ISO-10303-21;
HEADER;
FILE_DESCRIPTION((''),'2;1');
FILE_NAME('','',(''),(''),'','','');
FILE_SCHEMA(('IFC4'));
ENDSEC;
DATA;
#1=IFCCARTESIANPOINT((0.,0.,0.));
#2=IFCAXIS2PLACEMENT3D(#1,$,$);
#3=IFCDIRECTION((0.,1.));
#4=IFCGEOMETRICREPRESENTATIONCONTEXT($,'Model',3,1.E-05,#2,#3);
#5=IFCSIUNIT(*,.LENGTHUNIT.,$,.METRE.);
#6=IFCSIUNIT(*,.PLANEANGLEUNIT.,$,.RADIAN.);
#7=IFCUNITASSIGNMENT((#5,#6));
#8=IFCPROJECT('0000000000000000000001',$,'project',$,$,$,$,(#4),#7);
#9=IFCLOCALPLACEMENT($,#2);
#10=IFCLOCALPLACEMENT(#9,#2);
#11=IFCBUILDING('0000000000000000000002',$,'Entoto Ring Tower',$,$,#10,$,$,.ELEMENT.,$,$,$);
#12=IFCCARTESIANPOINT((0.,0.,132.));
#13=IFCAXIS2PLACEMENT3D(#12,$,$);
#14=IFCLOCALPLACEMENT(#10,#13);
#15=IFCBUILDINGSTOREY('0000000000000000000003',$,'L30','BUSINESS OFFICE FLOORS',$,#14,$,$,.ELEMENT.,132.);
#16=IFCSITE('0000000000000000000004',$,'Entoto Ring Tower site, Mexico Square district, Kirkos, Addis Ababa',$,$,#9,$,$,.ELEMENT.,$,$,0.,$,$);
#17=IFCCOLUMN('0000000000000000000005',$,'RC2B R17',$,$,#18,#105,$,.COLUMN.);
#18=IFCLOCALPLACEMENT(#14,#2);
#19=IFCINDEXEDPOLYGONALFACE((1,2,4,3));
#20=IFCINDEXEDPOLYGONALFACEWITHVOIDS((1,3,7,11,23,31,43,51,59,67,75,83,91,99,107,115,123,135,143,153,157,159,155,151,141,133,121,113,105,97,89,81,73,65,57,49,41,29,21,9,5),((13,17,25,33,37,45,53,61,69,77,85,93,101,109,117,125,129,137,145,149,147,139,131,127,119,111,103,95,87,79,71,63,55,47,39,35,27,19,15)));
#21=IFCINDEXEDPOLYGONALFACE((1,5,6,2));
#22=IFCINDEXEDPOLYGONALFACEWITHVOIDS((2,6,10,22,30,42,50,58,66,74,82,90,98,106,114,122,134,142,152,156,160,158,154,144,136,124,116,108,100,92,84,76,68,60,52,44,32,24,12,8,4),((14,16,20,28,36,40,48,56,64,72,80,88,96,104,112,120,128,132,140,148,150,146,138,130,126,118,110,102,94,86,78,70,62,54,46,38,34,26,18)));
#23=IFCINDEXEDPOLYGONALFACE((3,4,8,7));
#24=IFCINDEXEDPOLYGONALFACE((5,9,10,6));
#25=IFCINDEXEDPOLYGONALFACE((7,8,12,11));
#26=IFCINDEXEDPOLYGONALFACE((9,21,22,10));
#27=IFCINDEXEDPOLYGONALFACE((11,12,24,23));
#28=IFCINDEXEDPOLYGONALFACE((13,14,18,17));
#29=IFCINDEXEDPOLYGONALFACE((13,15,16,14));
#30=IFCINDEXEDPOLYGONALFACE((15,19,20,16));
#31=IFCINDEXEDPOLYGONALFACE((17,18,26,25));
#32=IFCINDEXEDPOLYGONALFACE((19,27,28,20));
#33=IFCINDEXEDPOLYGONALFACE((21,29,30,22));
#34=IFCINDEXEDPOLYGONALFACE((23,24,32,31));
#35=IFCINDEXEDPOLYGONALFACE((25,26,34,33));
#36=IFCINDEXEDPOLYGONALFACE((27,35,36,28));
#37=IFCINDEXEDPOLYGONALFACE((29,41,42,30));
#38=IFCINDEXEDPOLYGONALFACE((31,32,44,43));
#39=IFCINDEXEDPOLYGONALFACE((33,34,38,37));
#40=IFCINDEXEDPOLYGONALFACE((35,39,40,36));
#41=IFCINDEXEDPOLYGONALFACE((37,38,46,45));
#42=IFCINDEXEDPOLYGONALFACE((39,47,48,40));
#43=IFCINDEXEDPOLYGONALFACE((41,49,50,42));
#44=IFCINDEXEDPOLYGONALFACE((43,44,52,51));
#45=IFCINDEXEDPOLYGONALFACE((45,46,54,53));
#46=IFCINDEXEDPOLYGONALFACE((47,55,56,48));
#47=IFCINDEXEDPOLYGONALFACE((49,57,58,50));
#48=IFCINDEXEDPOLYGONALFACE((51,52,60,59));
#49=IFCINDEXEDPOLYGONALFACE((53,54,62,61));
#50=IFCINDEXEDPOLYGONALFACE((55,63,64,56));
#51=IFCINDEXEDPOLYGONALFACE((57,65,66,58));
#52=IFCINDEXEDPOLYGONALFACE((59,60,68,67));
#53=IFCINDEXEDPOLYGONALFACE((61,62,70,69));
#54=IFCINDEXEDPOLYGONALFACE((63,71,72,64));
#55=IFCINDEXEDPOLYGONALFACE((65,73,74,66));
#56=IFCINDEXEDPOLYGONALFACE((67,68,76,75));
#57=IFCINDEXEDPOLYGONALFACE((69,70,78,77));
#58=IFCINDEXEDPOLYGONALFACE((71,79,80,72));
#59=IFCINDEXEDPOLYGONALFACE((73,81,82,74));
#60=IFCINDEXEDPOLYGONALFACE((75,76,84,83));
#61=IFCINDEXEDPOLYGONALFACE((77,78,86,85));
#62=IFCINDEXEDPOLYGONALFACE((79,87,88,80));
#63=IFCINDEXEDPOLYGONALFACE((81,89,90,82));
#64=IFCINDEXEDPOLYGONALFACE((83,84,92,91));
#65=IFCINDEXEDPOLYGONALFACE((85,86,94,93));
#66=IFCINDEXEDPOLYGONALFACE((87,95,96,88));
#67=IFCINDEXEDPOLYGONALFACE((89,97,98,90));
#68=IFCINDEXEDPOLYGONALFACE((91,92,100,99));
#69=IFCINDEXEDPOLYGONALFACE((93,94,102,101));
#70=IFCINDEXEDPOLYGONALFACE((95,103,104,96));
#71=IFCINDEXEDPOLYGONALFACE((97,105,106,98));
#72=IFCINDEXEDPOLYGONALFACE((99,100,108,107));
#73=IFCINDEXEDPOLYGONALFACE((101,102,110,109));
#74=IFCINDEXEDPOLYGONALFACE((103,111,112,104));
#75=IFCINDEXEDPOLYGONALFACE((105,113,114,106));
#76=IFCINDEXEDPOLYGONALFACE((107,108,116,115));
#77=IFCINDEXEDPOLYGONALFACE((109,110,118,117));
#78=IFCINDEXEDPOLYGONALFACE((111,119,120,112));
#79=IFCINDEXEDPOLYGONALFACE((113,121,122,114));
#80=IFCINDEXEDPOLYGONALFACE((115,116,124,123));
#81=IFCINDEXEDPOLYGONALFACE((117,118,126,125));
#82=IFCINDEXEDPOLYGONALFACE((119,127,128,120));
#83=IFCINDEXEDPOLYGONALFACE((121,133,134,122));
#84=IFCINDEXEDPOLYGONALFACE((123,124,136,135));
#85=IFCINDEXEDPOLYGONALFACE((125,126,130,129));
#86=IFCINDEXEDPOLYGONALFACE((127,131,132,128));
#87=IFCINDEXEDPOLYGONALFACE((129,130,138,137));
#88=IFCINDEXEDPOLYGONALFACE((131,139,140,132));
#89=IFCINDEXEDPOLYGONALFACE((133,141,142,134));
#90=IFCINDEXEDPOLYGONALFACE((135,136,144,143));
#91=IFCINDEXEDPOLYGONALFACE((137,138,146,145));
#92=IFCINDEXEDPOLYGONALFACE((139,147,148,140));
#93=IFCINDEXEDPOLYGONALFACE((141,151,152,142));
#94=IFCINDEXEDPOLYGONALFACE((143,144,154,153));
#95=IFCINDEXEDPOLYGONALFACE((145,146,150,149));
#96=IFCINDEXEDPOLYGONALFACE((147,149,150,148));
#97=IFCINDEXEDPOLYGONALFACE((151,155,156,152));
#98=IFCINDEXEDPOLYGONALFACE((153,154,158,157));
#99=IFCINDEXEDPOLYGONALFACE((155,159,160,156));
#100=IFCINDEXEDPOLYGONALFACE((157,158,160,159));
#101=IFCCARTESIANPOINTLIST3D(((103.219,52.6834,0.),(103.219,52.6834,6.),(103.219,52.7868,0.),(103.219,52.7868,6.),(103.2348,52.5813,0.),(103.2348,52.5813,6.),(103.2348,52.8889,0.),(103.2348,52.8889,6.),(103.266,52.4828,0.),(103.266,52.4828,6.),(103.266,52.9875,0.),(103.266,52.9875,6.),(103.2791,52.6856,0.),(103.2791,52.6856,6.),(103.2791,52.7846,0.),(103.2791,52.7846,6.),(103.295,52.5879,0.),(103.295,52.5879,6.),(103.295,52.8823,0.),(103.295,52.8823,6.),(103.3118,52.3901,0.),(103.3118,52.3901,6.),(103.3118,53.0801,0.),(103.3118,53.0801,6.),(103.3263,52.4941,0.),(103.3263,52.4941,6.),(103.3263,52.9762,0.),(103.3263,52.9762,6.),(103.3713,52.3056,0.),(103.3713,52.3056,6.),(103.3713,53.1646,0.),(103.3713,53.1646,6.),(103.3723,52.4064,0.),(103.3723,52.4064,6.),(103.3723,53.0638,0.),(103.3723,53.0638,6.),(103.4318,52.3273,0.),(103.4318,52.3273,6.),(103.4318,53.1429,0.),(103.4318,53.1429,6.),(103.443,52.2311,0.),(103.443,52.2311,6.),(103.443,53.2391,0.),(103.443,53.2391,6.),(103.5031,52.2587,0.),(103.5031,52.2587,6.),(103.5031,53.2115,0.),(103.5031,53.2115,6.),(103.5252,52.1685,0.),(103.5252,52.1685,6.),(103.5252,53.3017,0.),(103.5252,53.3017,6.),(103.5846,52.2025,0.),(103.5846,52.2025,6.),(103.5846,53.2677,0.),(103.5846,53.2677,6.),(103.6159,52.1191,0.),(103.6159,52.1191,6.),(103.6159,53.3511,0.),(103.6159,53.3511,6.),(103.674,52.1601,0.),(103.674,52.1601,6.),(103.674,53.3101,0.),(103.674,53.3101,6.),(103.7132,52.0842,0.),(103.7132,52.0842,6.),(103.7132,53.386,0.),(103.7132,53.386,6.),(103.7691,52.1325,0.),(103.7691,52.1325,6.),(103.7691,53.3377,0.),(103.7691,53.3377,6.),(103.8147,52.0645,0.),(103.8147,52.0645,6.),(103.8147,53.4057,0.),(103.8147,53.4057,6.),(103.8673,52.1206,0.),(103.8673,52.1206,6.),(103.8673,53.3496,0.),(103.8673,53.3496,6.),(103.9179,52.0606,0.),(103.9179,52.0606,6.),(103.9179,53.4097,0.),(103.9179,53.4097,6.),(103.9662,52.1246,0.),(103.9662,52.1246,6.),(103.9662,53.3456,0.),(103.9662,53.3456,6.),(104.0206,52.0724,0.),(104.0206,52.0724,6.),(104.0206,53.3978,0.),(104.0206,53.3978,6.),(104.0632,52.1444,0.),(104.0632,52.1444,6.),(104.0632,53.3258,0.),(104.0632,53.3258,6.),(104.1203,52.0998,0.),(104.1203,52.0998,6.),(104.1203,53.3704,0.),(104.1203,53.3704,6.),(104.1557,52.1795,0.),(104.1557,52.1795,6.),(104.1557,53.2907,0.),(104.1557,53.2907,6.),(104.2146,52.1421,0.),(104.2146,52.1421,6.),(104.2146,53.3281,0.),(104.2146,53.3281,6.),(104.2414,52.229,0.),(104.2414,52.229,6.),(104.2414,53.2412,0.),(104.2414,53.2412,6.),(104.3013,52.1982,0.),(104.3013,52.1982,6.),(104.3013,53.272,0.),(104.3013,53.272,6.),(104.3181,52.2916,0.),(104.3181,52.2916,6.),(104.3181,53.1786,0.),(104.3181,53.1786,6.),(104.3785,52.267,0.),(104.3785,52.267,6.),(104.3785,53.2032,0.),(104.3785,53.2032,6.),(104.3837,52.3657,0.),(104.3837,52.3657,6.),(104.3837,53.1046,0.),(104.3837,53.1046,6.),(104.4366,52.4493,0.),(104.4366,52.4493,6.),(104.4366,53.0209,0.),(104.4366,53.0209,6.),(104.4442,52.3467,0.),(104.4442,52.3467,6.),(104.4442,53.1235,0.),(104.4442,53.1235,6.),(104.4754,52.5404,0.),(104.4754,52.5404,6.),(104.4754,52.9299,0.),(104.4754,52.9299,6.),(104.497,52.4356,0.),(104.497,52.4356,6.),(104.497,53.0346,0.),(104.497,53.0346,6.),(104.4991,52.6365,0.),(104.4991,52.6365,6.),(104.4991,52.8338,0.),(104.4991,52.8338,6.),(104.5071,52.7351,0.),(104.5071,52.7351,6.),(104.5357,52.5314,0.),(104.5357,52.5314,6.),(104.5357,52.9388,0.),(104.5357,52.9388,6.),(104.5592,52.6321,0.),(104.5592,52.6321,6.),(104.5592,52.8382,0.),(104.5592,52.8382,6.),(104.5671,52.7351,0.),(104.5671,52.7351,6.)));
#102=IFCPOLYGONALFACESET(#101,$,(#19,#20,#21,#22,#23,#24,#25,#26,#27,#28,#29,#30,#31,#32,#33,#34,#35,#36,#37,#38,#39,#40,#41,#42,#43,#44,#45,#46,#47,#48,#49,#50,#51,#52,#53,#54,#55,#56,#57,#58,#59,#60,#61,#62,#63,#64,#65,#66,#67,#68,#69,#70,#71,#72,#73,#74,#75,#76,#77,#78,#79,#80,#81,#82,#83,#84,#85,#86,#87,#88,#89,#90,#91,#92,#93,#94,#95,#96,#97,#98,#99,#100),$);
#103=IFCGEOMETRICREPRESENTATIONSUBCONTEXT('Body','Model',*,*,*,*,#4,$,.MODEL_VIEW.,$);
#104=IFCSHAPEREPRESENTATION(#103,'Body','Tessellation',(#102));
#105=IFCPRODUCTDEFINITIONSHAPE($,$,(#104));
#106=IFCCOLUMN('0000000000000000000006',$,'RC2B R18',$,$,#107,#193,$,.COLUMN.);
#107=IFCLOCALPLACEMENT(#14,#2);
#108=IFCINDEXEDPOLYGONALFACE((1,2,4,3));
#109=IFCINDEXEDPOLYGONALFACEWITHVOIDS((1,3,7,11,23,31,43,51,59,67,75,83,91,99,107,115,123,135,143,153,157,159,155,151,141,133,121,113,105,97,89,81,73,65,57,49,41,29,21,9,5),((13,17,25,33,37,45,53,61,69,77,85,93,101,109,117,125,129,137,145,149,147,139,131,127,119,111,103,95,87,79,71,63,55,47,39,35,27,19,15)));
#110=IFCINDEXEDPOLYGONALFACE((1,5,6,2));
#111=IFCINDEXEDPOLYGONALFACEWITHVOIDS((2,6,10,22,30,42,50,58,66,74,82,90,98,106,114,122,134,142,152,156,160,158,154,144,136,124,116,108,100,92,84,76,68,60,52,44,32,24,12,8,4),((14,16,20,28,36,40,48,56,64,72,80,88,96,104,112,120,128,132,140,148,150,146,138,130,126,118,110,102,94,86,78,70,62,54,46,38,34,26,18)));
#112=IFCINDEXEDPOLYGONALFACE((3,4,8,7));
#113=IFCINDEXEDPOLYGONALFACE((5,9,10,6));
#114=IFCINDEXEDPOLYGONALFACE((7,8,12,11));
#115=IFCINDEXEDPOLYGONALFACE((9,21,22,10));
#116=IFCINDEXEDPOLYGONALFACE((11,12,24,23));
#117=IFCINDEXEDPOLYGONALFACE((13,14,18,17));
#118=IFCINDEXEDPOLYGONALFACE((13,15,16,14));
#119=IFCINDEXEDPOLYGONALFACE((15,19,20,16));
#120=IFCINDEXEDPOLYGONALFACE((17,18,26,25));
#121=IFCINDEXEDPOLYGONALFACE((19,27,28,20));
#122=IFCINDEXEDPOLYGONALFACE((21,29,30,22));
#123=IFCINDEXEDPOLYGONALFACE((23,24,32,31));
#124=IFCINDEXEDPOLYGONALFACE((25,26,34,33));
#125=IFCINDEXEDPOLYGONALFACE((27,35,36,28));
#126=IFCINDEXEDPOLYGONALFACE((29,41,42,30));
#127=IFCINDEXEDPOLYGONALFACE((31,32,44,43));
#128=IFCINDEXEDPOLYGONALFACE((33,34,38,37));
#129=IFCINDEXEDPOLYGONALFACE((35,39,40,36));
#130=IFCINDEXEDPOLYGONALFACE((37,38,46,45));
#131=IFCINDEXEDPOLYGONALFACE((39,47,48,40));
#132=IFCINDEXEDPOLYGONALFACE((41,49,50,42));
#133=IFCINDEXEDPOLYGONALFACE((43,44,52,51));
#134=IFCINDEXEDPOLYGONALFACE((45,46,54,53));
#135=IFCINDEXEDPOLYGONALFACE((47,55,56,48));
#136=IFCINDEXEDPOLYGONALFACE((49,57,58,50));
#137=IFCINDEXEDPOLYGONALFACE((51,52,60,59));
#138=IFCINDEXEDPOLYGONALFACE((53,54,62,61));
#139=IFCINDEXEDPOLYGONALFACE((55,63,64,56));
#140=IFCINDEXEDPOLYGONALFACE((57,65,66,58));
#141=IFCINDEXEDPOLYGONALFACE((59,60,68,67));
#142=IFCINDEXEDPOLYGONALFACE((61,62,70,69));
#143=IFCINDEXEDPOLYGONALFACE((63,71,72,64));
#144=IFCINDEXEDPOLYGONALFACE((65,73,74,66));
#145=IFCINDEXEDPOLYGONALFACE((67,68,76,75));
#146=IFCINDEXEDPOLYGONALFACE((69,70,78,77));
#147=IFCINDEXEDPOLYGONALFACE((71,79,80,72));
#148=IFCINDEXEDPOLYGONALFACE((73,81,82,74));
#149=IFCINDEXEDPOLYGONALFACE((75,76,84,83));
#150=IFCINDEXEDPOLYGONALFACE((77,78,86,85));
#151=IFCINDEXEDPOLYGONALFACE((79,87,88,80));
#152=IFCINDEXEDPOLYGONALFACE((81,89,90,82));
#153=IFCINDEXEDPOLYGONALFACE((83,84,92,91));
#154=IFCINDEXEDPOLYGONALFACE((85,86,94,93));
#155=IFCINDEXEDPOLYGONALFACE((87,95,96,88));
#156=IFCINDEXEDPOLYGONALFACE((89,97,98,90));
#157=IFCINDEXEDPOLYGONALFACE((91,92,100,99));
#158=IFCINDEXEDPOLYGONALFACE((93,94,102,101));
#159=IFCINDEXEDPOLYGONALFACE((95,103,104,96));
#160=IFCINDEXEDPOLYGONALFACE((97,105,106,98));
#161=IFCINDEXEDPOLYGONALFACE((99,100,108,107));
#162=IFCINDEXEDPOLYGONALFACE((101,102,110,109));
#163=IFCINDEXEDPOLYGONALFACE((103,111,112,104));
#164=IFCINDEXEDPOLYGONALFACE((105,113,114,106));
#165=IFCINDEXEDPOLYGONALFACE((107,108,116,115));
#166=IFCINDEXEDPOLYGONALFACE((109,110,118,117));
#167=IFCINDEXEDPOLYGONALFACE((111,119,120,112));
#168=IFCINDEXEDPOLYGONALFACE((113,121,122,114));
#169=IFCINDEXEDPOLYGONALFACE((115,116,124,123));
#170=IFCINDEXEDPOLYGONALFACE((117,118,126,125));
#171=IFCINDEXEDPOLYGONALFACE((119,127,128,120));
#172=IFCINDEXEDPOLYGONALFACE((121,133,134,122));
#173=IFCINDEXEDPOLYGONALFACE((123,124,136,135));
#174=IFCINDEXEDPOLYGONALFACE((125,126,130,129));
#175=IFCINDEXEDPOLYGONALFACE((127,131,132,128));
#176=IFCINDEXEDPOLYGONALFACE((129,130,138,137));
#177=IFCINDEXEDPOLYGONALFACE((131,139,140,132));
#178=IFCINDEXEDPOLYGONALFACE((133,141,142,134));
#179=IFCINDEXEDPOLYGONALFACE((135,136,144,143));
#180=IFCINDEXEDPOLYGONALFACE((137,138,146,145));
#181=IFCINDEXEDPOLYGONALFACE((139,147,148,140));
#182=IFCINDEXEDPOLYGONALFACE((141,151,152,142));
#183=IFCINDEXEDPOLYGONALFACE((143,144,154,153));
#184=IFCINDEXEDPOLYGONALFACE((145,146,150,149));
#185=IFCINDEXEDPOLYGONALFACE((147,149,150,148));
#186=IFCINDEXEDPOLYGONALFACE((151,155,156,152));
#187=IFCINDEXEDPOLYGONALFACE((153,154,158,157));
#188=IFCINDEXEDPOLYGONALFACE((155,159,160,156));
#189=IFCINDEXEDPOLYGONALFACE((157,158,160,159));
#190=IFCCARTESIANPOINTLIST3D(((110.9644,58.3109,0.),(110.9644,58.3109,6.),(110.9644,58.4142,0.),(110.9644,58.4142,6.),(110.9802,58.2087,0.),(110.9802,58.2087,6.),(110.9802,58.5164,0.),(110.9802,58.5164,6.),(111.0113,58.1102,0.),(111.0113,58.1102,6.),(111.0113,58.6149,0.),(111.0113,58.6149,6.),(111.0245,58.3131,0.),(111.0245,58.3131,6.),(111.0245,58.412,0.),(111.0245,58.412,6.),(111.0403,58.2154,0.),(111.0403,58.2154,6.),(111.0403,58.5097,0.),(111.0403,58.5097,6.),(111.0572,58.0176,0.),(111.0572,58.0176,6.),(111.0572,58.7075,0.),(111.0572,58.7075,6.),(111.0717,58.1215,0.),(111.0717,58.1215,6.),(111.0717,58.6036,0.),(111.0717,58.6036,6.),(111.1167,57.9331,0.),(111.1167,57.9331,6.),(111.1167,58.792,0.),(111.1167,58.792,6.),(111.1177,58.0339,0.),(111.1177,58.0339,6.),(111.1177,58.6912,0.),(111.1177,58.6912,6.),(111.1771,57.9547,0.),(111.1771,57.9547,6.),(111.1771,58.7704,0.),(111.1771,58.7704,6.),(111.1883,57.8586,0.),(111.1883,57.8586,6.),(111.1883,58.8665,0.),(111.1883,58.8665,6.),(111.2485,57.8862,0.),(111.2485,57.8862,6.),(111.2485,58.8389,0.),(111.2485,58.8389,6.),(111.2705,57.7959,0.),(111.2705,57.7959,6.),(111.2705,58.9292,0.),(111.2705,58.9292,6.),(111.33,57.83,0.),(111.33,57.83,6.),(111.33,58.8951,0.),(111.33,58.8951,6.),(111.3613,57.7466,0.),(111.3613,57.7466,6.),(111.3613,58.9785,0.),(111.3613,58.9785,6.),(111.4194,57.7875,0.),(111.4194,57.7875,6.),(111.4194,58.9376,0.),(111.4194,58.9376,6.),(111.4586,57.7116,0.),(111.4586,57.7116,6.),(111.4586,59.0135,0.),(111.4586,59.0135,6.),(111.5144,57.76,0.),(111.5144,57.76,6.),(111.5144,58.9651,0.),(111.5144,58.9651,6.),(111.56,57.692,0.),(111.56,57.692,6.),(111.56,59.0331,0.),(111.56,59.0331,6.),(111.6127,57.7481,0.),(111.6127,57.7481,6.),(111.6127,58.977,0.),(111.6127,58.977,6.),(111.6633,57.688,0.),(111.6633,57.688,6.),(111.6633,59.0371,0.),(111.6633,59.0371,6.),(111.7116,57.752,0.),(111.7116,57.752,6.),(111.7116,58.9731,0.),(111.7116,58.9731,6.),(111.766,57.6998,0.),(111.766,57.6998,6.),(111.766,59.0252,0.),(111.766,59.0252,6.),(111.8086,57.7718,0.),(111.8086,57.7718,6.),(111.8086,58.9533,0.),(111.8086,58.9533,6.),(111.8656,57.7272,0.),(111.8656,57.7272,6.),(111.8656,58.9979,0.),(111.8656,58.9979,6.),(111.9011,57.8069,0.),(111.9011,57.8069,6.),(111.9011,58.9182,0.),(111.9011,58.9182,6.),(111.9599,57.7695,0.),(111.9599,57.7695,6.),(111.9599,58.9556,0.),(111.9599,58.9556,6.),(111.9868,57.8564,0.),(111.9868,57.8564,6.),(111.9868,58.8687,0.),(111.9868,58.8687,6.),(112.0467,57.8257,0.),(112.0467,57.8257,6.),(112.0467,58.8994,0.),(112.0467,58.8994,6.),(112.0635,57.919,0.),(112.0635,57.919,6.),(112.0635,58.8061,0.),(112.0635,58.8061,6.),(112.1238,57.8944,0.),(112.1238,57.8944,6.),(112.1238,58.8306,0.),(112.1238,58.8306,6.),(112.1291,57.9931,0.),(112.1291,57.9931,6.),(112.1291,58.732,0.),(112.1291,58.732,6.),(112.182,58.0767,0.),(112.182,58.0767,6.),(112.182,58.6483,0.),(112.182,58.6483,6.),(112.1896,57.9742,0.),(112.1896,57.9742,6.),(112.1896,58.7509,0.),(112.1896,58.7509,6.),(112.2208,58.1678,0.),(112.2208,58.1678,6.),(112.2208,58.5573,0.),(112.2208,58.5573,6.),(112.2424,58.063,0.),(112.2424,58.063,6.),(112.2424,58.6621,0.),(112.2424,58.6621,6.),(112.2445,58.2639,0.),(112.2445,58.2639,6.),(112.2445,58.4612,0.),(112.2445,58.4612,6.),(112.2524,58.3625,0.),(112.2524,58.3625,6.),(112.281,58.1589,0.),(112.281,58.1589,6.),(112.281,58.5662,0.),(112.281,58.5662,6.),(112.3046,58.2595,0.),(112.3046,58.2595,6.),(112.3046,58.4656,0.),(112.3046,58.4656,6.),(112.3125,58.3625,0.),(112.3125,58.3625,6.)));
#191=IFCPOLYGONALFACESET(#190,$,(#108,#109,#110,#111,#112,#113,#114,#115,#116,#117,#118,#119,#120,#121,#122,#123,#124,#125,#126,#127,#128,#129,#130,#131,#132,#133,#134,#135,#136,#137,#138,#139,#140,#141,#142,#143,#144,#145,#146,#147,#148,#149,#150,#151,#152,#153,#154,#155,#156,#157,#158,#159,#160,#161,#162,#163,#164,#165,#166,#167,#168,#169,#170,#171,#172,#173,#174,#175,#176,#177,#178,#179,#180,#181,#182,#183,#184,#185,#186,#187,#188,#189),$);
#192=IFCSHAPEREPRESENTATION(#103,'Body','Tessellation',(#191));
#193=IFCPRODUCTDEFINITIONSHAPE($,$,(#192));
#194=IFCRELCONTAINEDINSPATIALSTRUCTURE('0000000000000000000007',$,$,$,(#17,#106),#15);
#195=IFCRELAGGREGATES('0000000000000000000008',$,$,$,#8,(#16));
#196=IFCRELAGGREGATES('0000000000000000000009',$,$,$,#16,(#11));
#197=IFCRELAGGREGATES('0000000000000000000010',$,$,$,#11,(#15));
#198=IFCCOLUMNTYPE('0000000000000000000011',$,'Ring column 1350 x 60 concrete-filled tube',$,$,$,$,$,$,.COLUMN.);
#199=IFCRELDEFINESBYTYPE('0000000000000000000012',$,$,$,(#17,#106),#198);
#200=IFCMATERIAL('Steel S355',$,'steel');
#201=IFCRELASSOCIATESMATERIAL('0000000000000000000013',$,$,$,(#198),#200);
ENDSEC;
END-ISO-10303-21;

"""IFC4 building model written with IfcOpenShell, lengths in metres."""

from ifc_helpers import new_model, si_unit, direction, frame, origin, origin_2d, place, context, subcontext, project, spatial, circle, hollow_circle, extrude, material, material_profile, profile_set, type_object, element, save


model = new_model("IFC4")

# Units and contexts
model_context = context("Model", 3, precision=1e-05, world=origin(), true_north=direction((0.0, 1.0)))
body_context = subcontext(model_context, "Body", "Model", "MODEL_VIEW")
ifc_project = project(units=[si_unit("LENGTHUNIT", "METRE"), si_unit("PLANEANGLEUNIT", "RADIAN")], contexts=[model_context])

# Site, building, storey
site_placement = place(None, origin())
site = spatial("IfcSite", under=ifc_project, at=site_placement, Name="Entoto Ring Tower site, Mexico Square district, Kirkos, Addis Ababa", CompositionType="ELEMENT", RefElevation=0.0)
building_placement = place(site_placement, origin())
building = spatial("IfcBuilding", under=site, at=building_placement, Name="Entoto Ring Tower", CompositionType="ELEMENT")
storey_placement = place(building_placement, frame((0.0, 0.0, 132.0)))
storey = spatial("IfcBuildingStorey", under=building, at=storey_placement, Name="L30", Description="BUSINESS OFFICE FLOORS", CompositionType="ELEMENT", Elevation=132.0)

# Columns
ifc_material_1 = material(Name="Steel S355", Category="steel")
ifc_material_profile_1 = material_profile(ifc_material_1, hollow_circle(Radius=0.675, WallThickness=0.0601, at=origin_2d()), Name="CHS 1350 x 60")
ifc_material_2 = material(Name="Concrete C60/75", Category="concrete")
ifc_material_profile_2 = material_profile(ifc_material_2, circle(Radius=0.615, at=origin_2d()), Name="Concrete C60/75 infill")
ifc_profile_set_1 = profile_set([ifc_material_profile_1, ifc_material_profile_2], Name="Steel S355")
column_type = type_object("IfcColumnType", Name="Ring column 1350 x 60 concrete-filled tube", PredefinedType="COLUMN", material=ifc_profile_set_1)
for number, where, z_axis, x_axis, name in (
    (1, (103.8921, 52.7351, 0.0), (0.0, 0.0, 1.0), (1.0, 0.0, 0.0), "RC2B R17"),
    (2, (111.6375, 58.3625, 0.0), (0.0, 0.0, 1.0), (1.0, 0.0, 0.0), "RC2B R18"),
):
    element("IfcColumn", number, at=place(storey_placement, frame(where, z_axis=z_axis, x_axis=x_axis)), inside=storey, type_object=column_type, Name=name, PredefinedType="COLUMN", context=body_context, shape_type="SweptSolid", body=[
        extrude(hollow_circle(Radius=0.675, WallThickness=0.0601, at=origin_2d()), origin(), (0.0, 0.0, 1.0), 6.0),
    ])

save(model, "model.ifc")
